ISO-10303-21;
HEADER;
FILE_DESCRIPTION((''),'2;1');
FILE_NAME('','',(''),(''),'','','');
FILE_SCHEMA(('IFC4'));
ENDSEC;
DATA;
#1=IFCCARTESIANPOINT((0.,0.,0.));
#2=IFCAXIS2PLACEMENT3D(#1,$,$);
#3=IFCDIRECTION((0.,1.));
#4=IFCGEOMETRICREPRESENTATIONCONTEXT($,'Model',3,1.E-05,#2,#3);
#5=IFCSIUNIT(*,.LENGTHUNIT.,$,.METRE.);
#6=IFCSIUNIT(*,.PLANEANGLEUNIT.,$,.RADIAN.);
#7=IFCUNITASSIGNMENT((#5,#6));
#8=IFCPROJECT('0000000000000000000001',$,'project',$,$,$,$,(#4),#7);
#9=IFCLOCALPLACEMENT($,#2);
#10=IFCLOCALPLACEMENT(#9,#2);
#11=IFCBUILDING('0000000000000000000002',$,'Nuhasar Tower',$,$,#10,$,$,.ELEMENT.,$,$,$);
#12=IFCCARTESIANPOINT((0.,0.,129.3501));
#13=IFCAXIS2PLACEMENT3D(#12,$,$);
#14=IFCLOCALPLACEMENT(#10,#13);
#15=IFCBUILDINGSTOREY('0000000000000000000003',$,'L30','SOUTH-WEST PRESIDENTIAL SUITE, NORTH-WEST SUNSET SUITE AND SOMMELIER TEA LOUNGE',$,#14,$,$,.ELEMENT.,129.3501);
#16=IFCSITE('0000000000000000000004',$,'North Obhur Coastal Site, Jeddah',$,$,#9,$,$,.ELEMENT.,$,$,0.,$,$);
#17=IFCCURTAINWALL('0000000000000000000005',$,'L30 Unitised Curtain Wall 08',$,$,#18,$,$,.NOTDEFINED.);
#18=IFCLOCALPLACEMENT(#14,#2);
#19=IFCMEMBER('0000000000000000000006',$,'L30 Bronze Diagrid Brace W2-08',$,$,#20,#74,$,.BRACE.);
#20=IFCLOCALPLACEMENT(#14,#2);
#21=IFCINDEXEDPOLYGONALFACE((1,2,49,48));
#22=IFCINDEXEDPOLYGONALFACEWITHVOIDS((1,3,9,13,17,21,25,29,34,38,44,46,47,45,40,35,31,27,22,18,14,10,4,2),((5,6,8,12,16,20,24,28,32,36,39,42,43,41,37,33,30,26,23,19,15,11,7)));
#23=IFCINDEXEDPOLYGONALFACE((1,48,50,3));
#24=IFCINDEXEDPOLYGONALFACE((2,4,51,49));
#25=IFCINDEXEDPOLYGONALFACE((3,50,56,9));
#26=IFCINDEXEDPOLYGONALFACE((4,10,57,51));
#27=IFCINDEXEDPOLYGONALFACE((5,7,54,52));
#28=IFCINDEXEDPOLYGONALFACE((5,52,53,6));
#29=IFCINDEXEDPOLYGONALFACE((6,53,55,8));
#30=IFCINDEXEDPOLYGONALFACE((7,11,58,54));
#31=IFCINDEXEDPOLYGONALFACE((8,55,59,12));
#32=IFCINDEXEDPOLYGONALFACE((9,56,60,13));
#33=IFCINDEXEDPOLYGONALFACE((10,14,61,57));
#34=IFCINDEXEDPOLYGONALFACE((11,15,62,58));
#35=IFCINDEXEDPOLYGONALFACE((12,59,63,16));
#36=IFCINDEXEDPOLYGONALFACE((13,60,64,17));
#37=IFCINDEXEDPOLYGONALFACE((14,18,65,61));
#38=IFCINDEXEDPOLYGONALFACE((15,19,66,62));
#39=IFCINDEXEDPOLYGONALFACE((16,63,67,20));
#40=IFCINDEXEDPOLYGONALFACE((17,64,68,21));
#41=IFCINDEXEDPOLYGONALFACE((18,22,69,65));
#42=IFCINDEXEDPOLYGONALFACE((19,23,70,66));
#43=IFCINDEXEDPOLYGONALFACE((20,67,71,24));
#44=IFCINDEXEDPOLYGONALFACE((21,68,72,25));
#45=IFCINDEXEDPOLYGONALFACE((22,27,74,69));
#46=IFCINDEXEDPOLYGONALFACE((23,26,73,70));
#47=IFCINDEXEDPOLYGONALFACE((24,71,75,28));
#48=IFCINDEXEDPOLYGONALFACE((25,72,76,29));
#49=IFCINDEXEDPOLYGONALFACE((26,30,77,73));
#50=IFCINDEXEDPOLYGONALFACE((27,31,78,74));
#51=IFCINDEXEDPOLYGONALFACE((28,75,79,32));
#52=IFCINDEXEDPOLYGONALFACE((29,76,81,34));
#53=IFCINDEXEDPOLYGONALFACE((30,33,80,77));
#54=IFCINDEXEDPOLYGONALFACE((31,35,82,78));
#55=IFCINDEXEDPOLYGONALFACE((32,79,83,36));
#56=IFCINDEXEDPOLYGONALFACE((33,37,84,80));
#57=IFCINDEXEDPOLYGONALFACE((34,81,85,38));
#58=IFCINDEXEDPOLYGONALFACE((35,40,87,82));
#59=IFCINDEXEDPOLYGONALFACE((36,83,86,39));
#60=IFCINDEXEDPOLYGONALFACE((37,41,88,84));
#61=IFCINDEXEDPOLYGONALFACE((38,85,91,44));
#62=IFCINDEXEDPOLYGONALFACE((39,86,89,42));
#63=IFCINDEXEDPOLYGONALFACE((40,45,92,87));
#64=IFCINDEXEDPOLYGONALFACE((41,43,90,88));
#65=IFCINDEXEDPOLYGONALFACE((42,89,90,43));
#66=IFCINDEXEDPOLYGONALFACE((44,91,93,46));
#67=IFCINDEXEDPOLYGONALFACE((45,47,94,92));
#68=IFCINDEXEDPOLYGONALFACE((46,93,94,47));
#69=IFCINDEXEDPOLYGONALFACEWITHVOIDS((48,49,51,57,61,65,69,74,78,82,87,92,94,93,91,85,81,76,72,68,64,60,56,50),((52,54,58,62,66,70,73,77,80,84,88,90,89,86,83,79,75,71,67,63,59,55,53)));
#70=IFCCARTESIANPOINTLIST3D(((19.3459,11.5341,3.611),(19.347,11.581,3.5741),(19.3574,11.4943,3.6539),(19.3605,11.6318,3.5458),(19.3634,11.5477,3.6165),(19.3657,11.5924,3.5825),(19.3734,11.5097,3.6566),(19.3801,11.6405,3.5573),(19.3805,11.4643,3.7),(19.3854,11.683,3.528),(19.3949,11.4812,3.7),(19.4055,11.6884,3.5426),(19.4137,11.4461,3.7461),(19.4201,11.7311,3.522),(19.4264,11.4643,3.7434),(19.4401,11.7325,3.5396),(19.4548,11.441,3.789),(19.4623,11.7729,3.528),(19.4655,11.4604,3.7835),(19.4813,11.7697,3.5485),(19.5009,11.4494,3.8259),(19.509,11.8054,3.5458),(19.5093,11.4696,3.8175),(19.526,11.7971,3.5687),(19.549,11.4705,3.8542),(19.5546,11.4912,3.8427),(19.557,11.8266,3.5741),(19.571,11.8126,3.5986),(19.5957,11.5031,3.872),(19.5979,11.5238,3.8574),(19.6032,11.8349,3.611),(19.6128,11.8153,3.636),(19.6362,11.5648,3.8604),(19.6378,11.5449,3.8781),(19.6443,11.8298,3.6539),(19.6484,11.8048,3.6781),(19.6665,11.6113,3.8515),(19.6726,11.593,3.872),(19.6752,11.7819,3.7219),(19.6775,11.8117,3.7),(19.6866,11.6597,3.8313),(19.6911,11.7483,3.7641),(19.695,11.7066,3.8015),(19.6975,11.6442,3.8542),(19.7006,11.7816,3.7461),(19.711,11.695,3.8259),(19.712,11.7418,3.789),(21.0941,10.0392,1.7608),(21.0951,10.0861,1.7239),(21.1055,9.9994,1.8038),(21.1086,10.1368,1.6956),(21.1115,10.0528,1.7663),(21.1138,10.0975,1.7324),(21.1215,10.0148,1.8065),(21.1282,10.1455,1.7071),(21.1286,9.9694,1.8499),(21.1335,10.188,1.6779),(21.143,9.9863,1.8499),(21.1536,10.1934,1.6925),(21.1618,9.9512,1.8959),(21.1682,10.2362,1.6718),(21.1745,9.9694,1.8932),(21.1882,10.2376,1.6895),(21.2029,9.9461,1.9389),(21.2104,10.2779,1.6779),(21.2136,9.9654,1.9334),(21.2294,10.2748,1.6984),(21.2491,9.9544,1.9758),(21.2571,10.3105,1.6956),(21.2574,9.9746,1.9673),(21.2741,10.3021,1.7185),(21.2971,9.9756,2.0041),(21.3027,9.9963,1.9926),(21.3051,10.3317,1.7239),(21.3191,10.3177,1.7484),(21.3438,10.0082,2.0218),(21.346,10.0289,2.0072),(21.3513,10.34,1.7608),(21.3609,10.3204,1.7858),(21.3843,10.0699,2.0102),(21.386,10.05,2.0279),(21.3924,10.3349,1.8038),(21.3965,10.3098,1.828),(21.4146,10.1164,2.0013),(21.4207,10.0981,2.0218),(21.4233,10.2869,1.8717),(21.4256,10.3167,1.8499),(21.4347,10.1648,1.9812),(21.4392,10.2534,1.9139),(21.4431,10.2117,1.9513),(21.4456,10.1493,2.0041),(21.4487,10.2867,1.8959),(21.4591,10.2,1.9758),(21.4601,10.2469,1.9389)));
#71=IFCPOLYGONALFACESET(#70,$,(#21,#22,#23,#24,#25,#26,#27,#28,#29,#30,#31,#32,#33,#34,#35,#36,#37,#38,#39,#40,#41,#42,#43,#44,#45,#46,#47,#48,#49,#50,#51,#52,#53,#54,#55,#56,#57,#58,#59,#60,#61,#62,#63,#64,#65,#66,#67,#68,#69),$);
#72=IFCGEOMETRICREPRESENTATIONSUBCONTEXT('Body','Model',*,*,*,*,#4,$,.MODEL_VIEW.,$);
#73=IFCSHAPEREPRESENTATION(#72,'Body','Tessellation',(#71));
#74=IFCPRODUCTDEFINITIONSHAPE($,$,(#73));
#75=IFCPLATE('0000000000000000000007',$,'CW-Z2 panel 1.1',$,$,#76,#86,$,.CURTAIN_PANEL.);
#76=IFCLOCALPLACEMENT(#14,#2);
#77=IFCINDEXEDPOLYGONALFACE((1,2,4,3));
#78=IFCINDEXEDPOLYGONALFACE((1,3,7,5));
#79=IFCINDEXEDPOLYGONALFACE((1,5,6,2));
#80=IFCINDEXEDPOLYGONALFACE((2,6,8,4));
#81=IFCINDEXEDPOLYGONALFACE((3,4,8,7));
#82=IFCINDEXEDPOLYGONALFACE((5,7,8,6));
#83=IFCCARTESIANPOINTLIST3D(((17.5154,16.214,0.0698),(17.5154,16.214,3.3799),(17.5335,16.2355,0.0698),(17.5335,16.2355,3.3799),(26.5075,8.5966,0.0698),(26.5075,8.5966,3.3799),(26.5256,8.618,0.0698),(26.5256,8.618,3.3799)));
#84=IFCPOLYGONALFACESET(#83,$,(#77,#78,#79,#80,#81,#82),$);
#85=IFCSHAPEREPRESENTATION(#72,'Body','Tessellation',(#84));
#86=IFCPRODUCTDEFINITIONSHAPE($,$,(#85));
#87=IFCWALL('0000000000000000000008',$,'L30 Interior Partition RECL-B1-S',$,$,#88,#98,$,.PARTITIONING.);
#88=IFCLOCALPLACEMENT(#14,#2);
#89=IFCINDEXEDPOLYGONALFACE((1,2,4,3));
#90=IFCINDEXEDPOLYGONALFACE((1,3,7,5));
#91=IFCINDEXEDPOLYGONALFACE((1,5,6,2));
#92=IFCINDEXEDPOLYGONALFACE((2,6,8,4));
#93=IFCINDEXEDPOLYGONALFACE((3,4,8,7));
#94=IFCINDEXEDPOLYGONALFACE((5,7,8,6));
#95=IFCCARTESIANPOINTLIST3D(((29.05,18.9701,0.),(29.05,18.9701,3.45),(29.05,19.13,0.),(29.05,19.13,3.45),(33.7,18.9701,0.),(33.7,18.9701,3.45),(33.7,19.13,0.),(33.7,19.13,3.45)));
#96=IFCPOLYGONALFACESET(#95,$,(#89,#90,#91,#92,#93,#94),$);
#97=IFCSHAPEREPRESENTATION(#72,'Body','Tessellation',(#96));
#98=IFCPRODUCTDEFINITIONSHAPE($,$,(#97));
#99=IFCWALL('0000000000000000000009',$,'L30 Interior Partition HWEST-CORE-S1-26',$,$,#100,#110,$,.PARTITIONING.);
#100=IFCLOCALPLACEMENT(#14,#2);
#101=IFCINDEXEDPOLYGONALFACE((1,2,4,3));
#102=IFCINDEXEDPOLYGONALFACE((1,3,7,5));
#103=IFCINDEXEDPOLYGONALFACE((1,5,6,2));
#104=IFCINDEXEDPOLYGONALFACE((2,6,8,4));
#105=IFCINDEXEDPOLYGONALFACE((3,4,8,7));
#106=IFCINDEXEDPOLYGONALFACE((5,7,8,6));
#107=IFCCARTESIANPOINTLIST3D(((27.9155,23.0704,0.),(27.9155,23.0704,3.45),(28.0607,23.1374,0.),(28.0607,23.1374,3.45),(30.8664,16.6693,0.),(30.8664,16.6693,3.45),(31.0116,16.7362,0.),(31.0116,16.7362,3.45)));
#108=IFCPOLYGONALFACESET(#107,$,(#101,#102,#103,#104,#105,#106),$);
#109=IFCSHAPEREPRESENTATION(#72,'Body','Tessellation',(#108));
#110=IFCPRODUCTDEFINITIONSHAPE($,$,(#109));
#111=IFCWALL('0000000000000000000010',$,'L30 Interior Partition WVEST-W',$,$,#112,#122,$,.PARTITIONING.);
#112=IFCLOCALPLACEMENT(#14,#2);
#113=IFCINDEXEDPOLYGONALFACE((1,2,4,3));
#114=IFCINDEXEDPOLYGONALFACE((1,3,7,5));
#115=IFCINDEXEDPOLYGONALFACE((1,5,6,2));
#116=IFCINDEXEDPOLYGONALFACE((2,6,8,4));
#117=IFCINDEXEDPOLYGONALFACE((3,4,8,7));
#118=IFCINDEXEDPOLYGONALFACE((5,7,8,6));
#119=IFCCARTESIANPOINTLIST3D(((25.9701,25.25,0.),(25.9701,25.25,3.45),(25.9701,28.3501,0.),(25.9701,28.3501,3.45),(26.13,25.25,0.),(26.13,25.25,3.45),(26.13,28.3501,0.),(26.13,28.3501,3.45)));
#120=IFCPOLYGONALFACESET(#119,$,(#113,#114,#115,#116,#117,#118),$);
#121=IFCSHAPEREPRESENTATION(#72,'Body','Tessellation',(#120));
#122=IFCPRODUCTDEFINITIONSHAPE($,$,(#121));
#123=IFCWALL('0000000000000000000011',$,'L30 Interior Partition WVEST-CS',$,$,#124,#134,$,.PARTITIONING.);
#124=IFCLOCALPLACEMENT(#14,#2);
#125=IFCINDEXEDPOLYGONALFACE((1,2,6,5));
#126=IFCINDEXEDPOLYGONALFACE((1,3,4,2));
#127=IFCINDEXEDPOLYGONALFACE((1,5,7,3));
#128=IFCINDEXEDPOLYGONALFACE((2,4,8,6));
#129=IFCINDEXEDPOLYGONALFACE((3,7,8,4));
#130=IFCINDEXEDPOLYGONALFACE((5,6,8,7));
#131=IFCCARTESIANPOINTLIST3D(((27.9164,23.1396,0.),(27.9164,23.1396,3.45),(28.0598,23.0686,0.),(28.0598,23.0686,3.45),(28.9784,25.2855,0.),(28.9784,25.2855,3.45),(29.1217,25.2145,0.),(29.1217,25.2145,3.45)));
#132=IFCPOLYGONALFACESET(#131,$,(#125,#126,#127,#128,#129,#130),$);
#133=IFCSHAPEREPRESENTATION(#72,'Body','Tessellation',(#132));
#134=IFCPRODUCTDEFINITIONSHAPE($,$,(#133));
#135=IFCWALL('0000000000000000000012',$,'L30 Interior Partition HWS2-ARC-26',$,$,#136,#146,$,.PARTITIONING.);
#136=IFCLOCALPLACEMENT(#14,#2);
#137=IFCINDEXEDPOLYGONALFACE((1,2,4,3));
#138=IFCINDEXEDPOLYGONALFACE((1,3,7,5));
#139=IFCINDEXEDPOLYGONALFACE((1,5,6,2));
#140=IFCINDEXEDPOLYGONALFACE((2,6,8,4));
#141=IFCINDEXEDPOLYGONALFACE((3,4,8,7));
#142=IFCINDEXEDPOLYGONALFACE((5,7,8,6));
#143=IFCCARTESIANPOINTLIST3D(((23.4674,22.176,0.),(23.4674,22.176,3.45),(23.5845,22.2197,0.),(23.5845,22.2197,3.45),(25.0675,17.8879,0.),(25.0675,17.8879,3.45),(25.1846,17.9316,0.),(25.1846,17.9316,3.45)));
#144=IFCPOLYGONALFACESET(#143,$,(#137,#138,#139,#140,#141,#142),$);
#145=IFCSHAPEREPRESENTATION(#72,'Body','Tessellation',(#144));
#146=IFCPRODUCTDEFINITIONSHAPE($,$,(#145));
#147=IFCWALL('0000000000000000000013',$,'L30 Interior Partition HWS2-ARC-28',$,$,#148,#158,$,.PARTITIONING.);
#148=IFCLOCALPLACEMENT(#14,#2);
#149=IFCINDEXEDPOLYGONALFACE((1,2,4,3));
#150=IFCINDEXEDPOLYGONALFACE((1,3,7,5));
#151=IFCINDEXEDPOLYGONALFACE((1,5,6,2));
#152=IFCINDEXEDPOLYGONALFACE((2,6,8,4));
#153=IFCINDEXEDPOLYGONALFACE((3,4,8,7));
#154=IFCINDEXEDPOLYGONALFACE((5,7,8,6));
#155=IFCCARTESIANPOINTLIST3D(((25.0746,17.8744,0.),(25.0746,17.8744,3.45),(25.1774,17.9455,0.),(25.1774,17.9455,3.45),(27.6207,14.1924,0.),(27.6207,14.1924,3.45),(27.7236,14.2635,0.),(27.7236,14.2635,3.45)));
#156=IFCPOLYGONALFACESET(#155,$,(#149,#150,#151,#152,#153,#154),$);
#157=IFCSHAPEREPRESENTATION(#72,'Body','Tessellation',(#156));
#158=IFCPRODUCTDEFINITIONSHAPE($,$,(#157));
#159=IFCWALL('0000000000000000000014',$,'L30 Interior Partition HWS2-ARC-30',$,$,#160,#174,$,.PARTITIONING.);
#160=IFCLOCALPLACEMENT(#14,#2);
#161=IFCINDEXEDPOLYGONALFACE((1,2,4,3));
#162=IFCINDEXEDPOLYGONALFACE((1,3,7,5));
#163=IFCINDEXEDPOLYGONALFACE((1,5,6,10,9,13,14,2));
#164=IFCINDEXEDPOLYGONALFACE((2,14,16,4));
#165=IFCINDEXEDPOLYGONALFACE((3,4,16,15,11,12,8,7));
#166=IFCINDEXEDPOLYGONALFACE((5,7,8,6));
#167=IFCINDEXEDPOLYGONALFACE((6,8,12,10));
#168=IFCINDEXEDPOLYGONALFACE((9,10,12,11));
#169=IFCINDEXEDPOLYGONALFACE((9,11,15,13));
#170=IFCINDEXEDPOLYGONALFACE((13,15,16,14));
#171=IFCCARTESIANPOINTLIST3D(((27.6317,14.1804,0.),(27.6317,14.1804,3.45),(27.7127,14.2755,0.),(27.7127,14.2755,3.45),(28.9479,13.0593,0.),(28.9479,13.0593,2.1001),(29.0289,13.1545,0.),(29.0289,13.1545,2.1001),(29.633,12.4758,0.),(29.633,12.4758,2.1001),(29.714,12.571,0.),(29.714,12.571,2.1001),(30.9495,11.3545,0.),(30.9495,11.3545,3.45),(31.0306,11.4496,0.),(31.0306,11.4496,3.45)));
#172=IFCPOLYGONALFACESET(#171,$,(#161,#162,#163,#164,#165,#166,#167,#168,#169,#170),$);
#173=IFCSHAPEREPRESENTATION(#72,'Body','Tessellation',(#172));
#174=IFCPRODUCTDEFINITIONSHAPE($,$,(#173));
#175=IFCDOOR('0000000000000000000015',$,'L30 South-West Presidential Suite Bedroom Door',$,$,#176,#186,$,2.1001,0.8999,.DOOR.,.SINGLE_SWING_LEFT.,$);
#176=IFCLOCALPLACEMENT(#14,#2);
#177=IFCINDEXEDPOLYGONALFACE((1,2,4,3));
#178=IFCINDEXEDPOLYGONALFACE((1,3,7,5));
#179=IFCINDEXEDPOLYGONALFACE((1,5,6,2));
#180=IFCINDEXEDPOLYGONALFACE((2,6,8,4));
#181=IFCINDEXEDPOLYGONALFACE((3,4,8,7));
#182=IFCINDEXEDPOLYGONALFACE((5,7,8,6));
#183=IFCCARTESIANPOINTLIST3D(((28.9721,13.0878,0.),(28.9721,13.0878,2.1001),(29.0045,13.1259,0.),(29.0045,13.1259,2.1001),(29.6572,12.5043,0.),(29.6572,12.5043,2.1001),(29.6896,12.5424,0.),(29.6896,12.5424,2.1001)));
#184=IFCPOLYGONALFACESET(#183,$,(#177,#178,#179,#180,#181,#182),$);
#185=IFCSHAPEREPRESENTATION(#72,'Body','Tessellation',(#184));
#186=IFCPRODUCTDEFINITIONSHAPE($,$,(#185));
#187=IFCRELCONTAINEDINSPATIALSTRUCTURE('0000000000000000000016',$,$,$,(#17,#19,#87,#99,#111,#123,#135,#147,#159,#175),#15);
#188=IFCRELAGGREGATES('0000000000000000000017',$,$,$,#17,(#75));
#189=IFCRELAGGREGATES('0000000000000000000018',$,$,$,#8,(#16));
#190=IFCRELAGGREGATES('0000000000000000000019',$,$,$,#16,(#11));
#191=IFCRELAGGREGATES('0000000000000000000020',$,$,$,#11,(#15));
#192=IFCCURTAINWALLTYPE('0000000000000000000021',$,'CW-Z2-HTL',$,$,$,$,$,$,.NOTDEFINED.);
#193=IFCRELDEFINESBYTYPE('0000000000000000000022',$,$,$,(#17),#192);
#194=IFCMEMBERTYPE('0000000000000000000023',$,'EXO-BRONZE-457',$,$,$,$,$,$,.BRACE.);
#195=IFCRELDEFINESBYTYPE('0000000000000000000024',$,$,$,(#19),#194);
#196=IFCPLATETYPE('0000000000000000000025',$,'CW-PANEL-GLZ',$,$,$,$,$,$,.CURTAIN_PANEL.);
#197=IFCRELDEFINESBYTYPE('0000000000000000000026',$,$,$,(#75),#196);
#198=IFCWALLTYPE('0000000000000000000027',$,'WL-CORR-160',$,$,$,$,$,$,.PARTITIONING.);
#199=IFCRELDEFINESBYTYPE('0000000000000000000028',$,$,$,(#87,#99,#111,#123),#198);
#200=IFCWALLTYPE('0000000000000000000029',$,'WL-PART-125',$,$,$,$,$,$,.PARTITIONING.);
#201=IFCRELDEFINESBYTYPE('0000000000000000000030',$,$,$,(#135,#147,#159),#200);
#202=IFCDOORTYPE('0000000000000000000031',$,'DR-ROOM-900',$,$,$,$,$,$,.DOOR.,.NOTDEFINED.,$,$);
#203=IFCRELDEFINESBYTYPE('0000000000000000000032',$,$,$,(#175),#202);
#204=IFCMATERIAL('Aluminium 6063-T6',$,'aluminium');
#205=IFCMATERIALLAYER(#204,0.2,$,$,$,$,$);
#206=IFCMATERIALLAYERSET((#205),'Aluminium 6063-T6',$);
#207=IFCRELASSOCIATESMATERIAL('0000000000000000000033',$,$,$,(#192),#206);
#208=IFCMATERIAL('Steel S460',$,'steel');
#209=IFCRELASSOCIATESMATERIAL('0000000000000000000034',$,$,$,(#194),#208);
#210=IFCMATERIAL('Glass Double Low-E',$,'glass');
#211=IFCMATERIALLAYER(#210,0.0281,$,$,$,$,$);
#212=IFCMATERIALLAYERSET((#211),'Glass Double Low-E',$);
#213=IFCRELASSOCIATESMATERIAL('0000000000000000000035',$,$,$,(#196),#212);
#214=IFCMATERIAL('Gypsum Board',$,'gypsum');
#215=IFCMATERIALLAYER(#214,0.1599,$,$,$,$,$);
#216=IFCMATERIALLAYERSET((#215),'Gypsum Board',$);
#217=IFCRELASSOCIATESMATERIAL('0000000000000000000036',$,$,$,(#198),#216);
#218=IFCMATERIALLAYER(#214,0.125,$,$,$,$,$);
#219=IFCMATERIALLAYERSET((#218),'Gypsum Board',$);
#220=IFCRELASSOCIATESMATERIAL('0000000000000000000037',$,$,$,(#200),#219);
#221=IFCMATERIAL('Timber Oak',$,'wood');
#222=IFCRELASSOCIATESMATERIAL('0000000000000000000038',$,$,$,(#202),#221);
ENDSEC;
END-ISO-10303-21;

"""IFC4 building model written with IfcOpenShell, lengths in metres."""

from ifc_helpers import new_model, si_unit, direction, frame, frame_2d, origin, origin_2d, place, context, subcontext, project, spatial, rectangle, hollow_circle, extrude, material, layer, layer_set, material_profile, profile_set, type_object, element, fill, aggregate, save


model = new_model("IFC4")

# Units and contexts
model_context = context("Model", 3, precision=1e-05, world=origin(), true_north=direction((0.0, 1.0)))
body_context = subcontext(model_context, "Body", "Model", "MODEL_VIEW")
ifc_project = project(units=[si_unit("LENGTHUNIT", "METRE"), si_unit("PLANEANGLEUNIT", "RADIAN")], contexts=[model_context])

# Site, building, storey
site_placement = place(None, origin())
site = spatial("IfcSite", under=ifc_project, at=site_placement, Name="North Obhur Coastal Site, Jeddah", CompositionType="ELEMENT", RefElevation=0.0)
building_placement = place(site_placement, origin())
building = spatial("IfcBuilding", under=site, at=building_placement, Name="Nuhasar Tower", CompositionType="ELEMENT")
storey_placement = place(building_placement, frame((0.0, 0.0, 129.3501)))
storey = spatial("IfcBuildingStorey", under=building, at=storey_placement, Name="L30", Description="SOUTH-WEST PRESIDENTIAL SUITE, NORTH-WEST SUNSET SUITE AND SOMMELIER TEA LOUNGE", CompositionType="ELEMENT", Elevation=129.3501)

# Curtain wall
ifc_material_1 = material(Name="Aluminium 6063-T6", Category="aluminium")
ifc_layer_1 = layer(ifc_material_1, 0.2)
ifc_layer_set_1 = layer_set([ifc_layer_1], Name="Aluminium 6063-T6")
curtain_wall_type = type_object("IfcCurtainWallType", Name="CW-Z2-HTL", PredefinedType="NOTDEFINED", material=ifc_layer_set_1)
curtain_wall_1_placement = place(storey_placement, origin())
curtain_wall_1 = element("IfcCurtainWall", 1, at=curtain_wall_1_placement, inside=storey, type_object=curtain_wall_type, Name="L30 Unitised Curtain Wall 08", PredefinedType="NOTDEFINED")

# Member
ifc_material_2 = material(Name="Steel S460", Category="steel")
ifc_material_profile_1 = material_profile(ifc_material_2, hollow_circle(Radius=0.2285, WallThickness=0.0222, at=origin_2d()), Name="HSS457X22.2")
ifc_profile_set_1 = profile_set([ifc_material_profile_1], Name="Steel S460")
member_type_1 = type_object("IfcMemberType", Name="EXO-BRONZE-457", PredefinedType="BRACE", material=ifc_profile_set_1)
member_1_placement = place(storey_placement, frame((21.2771, 10.1431, 1.8499), z_axis=(-0.592195, 0.506426, 0.626767), x_axis=(-0.649926, -0.759998, 0.0)))
element("IfcMember", 2, at=member_1_placement, inside=storey, type_object=member_type_1, Name="L30 Bronze Diagrid Brace W2-08", PredefinedType="BRACE", context=body_context, shape_type="SweptSolid", body=[
    extrude(hollow_circle(Radius=0.2285, WallThickness=0.0222, at=origin_2d()), origin(), (0.0, 0.0, 1.0), 2.9519),
])

# Plate
ifc_material_3 = material(Name="Glass Double Low-E", Category="glass")
ifc_layer_2 = layer(ifc_material_3, 0.0281)
ifc_layer_set_2 = layer_set([ifc_layer_2], Name="Glass Double Low-E")
plate_type = type_object("IfcPlateType", Name="CW-PANEL-GLZ", PredefinedType="CURTAIN_PANEL", material=ifc_layer_set_2)
plate_placement = place(storey_placement, frame((22.0205, 12.416, 0.0698), z_axis=(0.0, 0.0, 1.0), x_axis=(0.76302, -0.646374, 0.0)))
plate = element("IfcPlate", 3, at=plate_placement, type_object=plate_type, Name="CW-Z2 panel 1.1", PredefinedType="CURTAIN_PANEL", context=body_context, shape_type="SweptSolid", body=[
    extrude(rectangle(XDim=11.7849, YDim=0.0281, at=origin_2d()), origin(), (0.0, 0.0, 1.0), 3.3101),
])
aggregate(curtain_wall_1, [plate])

# Walls
ifc_material_4 = material(Name="Gypsum Board", Category="gypsum")
ifc_layer_3 = layer(ifc_material_4, 0.1599)
ifc_layer_set_3 = layer_set([ifc_layer_3], Name="Gypsum Board")
wall_type_1 = type_object("IfcWallType", Name="WL-CORR-160", PredefinedType="PARTITIONING", material=ifc_layer_set_3)
wall_1_placement = place(storey_placement, frame((29.05, 19.05, 0.0), z_axis=(0.0, 0.0, 1.0), x_axis=(1.0, 0.0, 0.0)))
element("IfcWall", 4, at=wall_1_placement, inside=storey, type_object=wall_type_1, Name="L30 Interior Partition RECL-B1-S", PredefinedType="PARTITIONING", context=body_context, shape_type="SweptSolid", body=[
    extrude(rectangle(XDim=4.6499, YDim=0.1599, at=frame_2d((2.325, 0.0))), origin(), (0.0, 0.0, 1.0), 3.45),
])
wall_2_placement = place(storey_placement, frame((27.988, 23.104, 0.0), z_axis=(0.0, 0.0, 1.0), x_axis=(0.418656, -0.908145, 0.0)))
element("IfcWall", 5, at=wall_2_placement, inside=storey, type_object=wall_type_1, Name="L30 Interior Partition HWEST-CORE-S1-26", PredefinedType="PARTITIONING", context=body_context, shape_type="SweptSolid", body=[
    extrude(rectangle(XDim=7.0486, YDim=0.1599, at=frame_2d((3.5244, 0.0))), origin(), (0.0, 0.0, 1.0), 3.45),
])

# Shared definitions
ifc_material_5 = material(Name="Timber Oak", Category="wood")

# Walls
wall_3_placement = place(storey_placement, frame((26.05, 25.25, 0.0), z_axis=(0.0, 0.0, 1.0), x_axis=(0.0, 1.0, 0.0)))
element("IfcWall", 6, at=wall_3_placement, inside=storey, type_object=wall_type_1, Name="L30 Interior Partition WVEST-W", PredefinedType="PARTITIONING", context=body_context, shape_type="SweptSolid", body=[
    extrude(rectangle(XDim=3.1001, YDim=0.1599, at=frame_2d((1.55, 0.0))), origin(), (0.0, 0.0, 1.0), 3.45),
])
wall_4_placement = place(storey_placement, frame((27.988, 23.104, 0.0), z_axis=(0.0, 0.0, 1.0), x_axis=(0.443539, 0.896255, 0.0)))
element("IfcWall", 7, at=wall_4_placement, inside=storey, type_object=wall_type_1, Name="L30 Interior Partition WVEST-CS", PredefinedType="PARTITIONING", context=body_context, shape_type="SweptSolid", body=[
    extrude(rectangle(XDim=2.3943, YDim=0.1599, at=frame_2d((1.1973, 0.0))), origin(), (0.0, 0.0, 1.0), 3.45),
])
ifc_layer_4 = layer(ifc_material_4, 0.125)
ifc_layer_set_4 = layer_set([ifc_layer_4], Name="Gypsum Board")
wall_type_2 = type_object("IfcWallType", Name="WL-PART-125", PredefinedType="PARTITIONING", material=ifc_layer_set_4)
wall_5_placement = place(storey_placement, frame((23.5259, 22.198, 0.0), z_axis=(0.0, 0.0, 1.0), x_axis=(0.349603, -0.936898, 0.0)))
element("IfcWall", 8, at=wall_5_placement, inside=storey, type_object=wall_type_2, Name="L30 Interior Partition HWS2-ARC-26", PredefinedType="PARTITIONING", context=body_context, shape_type="SweptSolid", body=[
    extrude(rectangle(XDim=4.5769, YDim=0.125, at=frame_2d((2.2886, 0.0))), origin(), (0.0, 0.0, 1.0), 3.45),
])
wall_6_placement = place(storey_placement, frame((25.126, 17.9099, 0.0), z_axis=(0.0, 0.0, 1.0), x_axis=(0.568779, -0.822491, 0.0)))
element("IfcWall", 9, at=wall_6_placement, inside=storey, type_object=wall_type_2, Name="L30 Interior Partition HWS2-ARC-28", PredefinedType="PARTITIONING", context=body_context, shape_type="SweptSolid", body=[
    extrude(rectangle(XDim=4.4766, YDim=0.125, at=frame_2d((2.2383, 0.0))), origin(), (0.0, 0.0, 1.0), 3.45),
])

# Wall, opening, door
wall_7_placement = place(storey_placement, frame((27.6721, 14.228, 0.0), z_axis=(0.0, 0.0, 1.0), x_axis=(0.761289, -0.648412, 0.0)))
wall_7 = element("IfcWall", 10, at=wall_7_placement, inside=storey, type_object=wall_type_2, Name="L30 Interior Partition HWS2-ARC-30", PredefinedType="PARTITIONING", context=body_context, shape_type="SweptSolid", body=[
    extrude(rectangle(XDim=4.3582, YDim=0.125, at=frame_2d((2.1792, 0.0))), origin(), (0.0, 0.0, 1.0), 3.45),
])
opening_1_placement = place(wall_7_placement, frame((1.729, 0.0, 0.0)))
opening_1 = element("IfcOpeningElement", 11, at=opening_1_placement, cuts=wall_7, PredefinedType="OPENING", context=body_context, shape_type="SweptSolid", body=[
    extrude(rectangle(XDim=0.8999, YDim=2.1001, at=frame_2d((0.45, 1.05))), frame((0.0, 0.0725, 0.0), z_axis=(0.0, -1.0, 0.0), x_axis=(1.0, 0.0, 0.0)), (0.0, 0.0, 1.0), 0.145),
])
door_type_1 = type_object("IfcDoorType", Name="DR-ROOM-900", OperationType="NOTDEFINED", PredefinedType="DOOR", material=ifc_material_5)
door_1_placement = place(opening_1_placement, origin())
door_1 = element("IfcDoor", 12, at=door_1_placement, inside=storey, type_object=door_type_1, Name="L30 South-West Presidential Suite Bedroom Door", OperationType="SINGLE_SWING_LEFT", OverallHeight=2.1001, OverallWidth=0.8999, PredefinedType="DOOR", context=body_context, shape_type="SweptSolid", body=[
    extrude(rectangle(XDim=0.8999, YDim=2.1001, at=frame_2d((0.45, 1.05))), frame((0.0, 0.0249, 0.0), z_axis=(0.0, -1.0, 0.0), x_axis=(1.0, 0.0, 0.0)), (0.0, 0.0, 1.0), 0.05),
])
fill(opening_1, door_1)

save(model, "model.ifc")
